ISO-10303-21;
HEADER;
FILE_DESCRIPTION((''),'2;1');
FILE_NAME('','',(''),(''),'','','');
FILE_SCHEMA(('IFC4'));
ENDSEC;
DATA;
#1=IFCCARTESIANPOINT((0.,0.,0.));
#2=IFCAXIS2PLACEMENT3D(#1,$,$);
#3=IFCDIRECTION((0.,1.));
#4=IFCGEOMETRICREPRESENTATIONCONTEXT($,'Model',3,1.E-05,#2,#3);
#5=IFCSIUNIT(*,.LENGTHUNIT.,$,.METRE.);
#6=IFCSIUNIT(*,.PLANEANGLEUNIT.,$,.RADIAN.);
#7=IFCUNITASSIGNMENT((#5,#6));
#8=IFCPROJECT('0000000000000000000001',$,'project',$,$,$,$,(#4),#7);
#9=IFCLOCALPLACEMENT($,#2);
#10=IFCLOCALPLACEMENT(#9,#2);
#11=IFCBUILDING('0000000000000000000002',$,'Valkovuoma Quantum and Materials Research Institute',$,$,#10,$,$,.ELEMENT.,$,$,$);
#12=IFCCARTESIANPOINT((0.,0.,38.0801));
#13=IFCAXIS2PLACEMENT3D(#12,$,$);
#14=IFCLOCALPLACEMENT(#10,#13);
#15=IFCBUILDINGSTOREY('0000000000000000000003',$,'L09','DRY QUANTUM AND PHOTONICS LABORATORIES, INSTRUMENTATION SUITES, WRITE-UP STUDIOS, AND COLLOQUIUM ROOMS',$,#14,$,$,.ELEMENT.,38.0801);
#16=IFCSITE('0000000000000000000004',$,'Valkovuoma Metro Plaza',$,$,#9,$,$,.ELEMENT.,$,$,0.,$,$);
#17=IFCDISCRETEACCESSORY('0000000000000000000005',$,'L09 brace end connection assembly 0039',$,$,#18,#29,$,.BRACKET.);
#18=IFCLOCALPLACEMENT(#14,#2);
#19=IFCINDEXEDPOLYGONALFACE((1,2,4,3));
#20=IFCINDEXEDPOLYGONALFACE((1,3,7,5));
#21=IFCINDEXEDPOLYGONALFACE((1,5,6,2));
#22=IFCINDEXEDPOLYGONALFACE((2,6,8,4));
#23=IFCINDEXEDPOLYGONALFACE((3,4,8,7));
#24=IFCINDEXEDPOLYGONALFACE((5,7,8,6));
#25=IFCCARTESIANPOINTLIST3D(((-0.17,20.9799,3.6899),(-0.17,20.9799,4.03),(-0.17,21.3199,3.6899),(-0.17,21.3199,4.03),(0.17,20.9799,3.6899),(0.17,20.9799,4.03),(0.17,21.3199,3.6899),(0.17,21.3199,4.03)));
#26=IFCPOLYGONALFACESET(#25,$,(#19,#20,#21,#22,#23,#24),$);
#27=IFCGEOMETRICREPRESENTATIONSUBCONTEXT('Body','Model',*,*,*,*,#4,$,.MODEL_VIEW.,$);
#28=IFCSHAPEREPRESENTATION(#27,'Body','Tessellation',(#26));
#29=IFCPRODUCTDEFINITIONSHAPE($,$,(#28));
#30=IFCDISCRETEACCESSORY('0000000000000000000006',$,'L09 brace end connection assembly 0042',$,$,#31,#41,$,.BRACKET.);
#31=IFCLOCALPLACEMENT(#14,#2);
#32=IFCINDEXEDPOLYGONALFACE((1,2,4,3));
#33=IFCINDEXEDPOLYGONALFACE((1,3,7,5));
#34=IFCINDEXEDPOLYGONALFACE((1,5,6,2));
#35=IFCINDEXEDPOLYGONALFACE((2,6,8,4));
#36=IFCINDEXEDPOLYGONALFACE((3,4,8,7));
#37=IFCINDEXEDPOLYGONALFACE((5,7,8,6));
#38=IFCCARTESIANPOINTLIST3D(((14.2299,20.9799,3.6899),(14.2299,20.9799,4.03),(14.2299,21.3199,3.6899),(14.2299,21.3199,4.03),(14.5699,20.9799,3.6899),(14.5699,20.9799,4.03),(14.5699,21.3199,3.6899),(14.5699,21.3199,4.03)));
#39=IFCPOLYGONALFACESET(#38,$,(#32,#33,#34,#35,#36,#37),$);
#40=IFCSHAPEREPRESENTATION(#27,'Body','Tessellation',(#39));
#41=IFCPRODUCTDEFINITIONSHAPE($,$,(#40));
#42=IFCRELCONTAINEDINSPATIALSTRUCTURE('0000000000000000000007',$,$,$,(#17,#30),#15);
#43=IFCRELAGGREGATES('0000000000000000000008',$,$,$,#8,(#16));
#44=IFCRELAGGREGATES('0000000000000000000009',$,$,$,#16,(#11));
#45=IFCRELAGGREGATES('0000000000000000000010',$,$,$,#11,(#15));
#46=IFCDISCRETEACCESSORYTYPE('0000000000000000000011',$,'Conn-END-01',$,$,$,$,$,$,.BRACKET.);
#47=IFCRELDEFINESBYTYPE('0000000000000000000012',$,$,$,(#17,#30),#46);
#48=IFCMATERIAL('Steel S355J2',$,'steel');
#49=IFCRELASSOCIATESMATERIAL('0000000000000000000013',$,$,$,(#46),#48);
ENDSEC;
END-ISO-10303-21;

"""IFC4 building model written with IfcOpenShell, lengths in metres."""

from ifc_helpers import new_model, si_unit, direction, frame, origin, origin_2d, place, context, subcontext, project, spatial, rectangle, extrude, material, type_object, element, save


model = new_model("IFC4")

# Units and contexts
model_context = context("Model", 3, precision=1e-05, world=origin(), true_north=direction((0.0, 1.0)))
body_context = subcontext(model_context, "Body", "Model", "MODEL_VIEW")
ifc_project = project(units=[si_unit("LENGTHUNIT", "METRE"), si_unit("PLANEANGLEUNIT", "RADIAN")], contexts=[model_context])

# Site, building, storey
site_placement = place(None, origin())
site = spatial("IfcSite", under=ifc_project, at=site_placement, Name="Valkovuoma Metro Plaza", CompositionType="ELEMENT", RefElevation=0.0)
building_placement = place(site_placement, origin())
building = spatial("IfcBuilding", under=site, at=building_placement, Name="Valkovuoma Quantum and Materials Research Institute", CompositionType="ELEMENT")
storey_placement = place(building_placement, frame((0.0, 0.0, 38.0801)))
storey = spatial("IfcBuildingStorey", under=building, at=storey_placement, Name="L09", Description="DRY QUANTUM AND PHOTONICS LABORATORIES, INSTRUMENTATION SUITES, WRITE-UP STUDIOS, AND COLLOQUIUM ROOMS", CompositionType="ELEMENT", Elevation=38.0801)

# Discrete accessories
ifc_material_1 = material(Name="Steel S355J2", Category="steel")
discrete_accessory_type_1 = type_object("IfcDiscreteAccessoryType", Name="Conn-END-01", PredefinedType="BRACKET", material=ifc_material_1)
for number, where, z_axis, x_axis, name in (
    (1, (0.0, 21.1499, 3.6899), (0.0, 0.0, 1.0), (1.0, 0.0, 0.0), "L09 brace end connection assembly 0039"),
    (2, (14.3999, 21.1499, 3.6899), (0.0, 0.0, 1.0), (1.0, 0.0, 0.0), "L09 brace end connection assembly 0042"),
):
    element("IfcDiscreteAccessory", number, at=place(storey_placement, frame(where, z_axis=z_axis, x_axis=x_axis)), inside=storey, type_object=discrete_accessory_type_1, Name=name, PredefinedType="BRACKET", context=body_context, shape_type="SweptSolid", body=[
        extrude(rectangle(XDim=0.3401, YDim=0.3401, at=origin_2d()), origin(), (0.0, 0.0, 1.0), 0.3401),
    ])

save(model, "model.ifc")
